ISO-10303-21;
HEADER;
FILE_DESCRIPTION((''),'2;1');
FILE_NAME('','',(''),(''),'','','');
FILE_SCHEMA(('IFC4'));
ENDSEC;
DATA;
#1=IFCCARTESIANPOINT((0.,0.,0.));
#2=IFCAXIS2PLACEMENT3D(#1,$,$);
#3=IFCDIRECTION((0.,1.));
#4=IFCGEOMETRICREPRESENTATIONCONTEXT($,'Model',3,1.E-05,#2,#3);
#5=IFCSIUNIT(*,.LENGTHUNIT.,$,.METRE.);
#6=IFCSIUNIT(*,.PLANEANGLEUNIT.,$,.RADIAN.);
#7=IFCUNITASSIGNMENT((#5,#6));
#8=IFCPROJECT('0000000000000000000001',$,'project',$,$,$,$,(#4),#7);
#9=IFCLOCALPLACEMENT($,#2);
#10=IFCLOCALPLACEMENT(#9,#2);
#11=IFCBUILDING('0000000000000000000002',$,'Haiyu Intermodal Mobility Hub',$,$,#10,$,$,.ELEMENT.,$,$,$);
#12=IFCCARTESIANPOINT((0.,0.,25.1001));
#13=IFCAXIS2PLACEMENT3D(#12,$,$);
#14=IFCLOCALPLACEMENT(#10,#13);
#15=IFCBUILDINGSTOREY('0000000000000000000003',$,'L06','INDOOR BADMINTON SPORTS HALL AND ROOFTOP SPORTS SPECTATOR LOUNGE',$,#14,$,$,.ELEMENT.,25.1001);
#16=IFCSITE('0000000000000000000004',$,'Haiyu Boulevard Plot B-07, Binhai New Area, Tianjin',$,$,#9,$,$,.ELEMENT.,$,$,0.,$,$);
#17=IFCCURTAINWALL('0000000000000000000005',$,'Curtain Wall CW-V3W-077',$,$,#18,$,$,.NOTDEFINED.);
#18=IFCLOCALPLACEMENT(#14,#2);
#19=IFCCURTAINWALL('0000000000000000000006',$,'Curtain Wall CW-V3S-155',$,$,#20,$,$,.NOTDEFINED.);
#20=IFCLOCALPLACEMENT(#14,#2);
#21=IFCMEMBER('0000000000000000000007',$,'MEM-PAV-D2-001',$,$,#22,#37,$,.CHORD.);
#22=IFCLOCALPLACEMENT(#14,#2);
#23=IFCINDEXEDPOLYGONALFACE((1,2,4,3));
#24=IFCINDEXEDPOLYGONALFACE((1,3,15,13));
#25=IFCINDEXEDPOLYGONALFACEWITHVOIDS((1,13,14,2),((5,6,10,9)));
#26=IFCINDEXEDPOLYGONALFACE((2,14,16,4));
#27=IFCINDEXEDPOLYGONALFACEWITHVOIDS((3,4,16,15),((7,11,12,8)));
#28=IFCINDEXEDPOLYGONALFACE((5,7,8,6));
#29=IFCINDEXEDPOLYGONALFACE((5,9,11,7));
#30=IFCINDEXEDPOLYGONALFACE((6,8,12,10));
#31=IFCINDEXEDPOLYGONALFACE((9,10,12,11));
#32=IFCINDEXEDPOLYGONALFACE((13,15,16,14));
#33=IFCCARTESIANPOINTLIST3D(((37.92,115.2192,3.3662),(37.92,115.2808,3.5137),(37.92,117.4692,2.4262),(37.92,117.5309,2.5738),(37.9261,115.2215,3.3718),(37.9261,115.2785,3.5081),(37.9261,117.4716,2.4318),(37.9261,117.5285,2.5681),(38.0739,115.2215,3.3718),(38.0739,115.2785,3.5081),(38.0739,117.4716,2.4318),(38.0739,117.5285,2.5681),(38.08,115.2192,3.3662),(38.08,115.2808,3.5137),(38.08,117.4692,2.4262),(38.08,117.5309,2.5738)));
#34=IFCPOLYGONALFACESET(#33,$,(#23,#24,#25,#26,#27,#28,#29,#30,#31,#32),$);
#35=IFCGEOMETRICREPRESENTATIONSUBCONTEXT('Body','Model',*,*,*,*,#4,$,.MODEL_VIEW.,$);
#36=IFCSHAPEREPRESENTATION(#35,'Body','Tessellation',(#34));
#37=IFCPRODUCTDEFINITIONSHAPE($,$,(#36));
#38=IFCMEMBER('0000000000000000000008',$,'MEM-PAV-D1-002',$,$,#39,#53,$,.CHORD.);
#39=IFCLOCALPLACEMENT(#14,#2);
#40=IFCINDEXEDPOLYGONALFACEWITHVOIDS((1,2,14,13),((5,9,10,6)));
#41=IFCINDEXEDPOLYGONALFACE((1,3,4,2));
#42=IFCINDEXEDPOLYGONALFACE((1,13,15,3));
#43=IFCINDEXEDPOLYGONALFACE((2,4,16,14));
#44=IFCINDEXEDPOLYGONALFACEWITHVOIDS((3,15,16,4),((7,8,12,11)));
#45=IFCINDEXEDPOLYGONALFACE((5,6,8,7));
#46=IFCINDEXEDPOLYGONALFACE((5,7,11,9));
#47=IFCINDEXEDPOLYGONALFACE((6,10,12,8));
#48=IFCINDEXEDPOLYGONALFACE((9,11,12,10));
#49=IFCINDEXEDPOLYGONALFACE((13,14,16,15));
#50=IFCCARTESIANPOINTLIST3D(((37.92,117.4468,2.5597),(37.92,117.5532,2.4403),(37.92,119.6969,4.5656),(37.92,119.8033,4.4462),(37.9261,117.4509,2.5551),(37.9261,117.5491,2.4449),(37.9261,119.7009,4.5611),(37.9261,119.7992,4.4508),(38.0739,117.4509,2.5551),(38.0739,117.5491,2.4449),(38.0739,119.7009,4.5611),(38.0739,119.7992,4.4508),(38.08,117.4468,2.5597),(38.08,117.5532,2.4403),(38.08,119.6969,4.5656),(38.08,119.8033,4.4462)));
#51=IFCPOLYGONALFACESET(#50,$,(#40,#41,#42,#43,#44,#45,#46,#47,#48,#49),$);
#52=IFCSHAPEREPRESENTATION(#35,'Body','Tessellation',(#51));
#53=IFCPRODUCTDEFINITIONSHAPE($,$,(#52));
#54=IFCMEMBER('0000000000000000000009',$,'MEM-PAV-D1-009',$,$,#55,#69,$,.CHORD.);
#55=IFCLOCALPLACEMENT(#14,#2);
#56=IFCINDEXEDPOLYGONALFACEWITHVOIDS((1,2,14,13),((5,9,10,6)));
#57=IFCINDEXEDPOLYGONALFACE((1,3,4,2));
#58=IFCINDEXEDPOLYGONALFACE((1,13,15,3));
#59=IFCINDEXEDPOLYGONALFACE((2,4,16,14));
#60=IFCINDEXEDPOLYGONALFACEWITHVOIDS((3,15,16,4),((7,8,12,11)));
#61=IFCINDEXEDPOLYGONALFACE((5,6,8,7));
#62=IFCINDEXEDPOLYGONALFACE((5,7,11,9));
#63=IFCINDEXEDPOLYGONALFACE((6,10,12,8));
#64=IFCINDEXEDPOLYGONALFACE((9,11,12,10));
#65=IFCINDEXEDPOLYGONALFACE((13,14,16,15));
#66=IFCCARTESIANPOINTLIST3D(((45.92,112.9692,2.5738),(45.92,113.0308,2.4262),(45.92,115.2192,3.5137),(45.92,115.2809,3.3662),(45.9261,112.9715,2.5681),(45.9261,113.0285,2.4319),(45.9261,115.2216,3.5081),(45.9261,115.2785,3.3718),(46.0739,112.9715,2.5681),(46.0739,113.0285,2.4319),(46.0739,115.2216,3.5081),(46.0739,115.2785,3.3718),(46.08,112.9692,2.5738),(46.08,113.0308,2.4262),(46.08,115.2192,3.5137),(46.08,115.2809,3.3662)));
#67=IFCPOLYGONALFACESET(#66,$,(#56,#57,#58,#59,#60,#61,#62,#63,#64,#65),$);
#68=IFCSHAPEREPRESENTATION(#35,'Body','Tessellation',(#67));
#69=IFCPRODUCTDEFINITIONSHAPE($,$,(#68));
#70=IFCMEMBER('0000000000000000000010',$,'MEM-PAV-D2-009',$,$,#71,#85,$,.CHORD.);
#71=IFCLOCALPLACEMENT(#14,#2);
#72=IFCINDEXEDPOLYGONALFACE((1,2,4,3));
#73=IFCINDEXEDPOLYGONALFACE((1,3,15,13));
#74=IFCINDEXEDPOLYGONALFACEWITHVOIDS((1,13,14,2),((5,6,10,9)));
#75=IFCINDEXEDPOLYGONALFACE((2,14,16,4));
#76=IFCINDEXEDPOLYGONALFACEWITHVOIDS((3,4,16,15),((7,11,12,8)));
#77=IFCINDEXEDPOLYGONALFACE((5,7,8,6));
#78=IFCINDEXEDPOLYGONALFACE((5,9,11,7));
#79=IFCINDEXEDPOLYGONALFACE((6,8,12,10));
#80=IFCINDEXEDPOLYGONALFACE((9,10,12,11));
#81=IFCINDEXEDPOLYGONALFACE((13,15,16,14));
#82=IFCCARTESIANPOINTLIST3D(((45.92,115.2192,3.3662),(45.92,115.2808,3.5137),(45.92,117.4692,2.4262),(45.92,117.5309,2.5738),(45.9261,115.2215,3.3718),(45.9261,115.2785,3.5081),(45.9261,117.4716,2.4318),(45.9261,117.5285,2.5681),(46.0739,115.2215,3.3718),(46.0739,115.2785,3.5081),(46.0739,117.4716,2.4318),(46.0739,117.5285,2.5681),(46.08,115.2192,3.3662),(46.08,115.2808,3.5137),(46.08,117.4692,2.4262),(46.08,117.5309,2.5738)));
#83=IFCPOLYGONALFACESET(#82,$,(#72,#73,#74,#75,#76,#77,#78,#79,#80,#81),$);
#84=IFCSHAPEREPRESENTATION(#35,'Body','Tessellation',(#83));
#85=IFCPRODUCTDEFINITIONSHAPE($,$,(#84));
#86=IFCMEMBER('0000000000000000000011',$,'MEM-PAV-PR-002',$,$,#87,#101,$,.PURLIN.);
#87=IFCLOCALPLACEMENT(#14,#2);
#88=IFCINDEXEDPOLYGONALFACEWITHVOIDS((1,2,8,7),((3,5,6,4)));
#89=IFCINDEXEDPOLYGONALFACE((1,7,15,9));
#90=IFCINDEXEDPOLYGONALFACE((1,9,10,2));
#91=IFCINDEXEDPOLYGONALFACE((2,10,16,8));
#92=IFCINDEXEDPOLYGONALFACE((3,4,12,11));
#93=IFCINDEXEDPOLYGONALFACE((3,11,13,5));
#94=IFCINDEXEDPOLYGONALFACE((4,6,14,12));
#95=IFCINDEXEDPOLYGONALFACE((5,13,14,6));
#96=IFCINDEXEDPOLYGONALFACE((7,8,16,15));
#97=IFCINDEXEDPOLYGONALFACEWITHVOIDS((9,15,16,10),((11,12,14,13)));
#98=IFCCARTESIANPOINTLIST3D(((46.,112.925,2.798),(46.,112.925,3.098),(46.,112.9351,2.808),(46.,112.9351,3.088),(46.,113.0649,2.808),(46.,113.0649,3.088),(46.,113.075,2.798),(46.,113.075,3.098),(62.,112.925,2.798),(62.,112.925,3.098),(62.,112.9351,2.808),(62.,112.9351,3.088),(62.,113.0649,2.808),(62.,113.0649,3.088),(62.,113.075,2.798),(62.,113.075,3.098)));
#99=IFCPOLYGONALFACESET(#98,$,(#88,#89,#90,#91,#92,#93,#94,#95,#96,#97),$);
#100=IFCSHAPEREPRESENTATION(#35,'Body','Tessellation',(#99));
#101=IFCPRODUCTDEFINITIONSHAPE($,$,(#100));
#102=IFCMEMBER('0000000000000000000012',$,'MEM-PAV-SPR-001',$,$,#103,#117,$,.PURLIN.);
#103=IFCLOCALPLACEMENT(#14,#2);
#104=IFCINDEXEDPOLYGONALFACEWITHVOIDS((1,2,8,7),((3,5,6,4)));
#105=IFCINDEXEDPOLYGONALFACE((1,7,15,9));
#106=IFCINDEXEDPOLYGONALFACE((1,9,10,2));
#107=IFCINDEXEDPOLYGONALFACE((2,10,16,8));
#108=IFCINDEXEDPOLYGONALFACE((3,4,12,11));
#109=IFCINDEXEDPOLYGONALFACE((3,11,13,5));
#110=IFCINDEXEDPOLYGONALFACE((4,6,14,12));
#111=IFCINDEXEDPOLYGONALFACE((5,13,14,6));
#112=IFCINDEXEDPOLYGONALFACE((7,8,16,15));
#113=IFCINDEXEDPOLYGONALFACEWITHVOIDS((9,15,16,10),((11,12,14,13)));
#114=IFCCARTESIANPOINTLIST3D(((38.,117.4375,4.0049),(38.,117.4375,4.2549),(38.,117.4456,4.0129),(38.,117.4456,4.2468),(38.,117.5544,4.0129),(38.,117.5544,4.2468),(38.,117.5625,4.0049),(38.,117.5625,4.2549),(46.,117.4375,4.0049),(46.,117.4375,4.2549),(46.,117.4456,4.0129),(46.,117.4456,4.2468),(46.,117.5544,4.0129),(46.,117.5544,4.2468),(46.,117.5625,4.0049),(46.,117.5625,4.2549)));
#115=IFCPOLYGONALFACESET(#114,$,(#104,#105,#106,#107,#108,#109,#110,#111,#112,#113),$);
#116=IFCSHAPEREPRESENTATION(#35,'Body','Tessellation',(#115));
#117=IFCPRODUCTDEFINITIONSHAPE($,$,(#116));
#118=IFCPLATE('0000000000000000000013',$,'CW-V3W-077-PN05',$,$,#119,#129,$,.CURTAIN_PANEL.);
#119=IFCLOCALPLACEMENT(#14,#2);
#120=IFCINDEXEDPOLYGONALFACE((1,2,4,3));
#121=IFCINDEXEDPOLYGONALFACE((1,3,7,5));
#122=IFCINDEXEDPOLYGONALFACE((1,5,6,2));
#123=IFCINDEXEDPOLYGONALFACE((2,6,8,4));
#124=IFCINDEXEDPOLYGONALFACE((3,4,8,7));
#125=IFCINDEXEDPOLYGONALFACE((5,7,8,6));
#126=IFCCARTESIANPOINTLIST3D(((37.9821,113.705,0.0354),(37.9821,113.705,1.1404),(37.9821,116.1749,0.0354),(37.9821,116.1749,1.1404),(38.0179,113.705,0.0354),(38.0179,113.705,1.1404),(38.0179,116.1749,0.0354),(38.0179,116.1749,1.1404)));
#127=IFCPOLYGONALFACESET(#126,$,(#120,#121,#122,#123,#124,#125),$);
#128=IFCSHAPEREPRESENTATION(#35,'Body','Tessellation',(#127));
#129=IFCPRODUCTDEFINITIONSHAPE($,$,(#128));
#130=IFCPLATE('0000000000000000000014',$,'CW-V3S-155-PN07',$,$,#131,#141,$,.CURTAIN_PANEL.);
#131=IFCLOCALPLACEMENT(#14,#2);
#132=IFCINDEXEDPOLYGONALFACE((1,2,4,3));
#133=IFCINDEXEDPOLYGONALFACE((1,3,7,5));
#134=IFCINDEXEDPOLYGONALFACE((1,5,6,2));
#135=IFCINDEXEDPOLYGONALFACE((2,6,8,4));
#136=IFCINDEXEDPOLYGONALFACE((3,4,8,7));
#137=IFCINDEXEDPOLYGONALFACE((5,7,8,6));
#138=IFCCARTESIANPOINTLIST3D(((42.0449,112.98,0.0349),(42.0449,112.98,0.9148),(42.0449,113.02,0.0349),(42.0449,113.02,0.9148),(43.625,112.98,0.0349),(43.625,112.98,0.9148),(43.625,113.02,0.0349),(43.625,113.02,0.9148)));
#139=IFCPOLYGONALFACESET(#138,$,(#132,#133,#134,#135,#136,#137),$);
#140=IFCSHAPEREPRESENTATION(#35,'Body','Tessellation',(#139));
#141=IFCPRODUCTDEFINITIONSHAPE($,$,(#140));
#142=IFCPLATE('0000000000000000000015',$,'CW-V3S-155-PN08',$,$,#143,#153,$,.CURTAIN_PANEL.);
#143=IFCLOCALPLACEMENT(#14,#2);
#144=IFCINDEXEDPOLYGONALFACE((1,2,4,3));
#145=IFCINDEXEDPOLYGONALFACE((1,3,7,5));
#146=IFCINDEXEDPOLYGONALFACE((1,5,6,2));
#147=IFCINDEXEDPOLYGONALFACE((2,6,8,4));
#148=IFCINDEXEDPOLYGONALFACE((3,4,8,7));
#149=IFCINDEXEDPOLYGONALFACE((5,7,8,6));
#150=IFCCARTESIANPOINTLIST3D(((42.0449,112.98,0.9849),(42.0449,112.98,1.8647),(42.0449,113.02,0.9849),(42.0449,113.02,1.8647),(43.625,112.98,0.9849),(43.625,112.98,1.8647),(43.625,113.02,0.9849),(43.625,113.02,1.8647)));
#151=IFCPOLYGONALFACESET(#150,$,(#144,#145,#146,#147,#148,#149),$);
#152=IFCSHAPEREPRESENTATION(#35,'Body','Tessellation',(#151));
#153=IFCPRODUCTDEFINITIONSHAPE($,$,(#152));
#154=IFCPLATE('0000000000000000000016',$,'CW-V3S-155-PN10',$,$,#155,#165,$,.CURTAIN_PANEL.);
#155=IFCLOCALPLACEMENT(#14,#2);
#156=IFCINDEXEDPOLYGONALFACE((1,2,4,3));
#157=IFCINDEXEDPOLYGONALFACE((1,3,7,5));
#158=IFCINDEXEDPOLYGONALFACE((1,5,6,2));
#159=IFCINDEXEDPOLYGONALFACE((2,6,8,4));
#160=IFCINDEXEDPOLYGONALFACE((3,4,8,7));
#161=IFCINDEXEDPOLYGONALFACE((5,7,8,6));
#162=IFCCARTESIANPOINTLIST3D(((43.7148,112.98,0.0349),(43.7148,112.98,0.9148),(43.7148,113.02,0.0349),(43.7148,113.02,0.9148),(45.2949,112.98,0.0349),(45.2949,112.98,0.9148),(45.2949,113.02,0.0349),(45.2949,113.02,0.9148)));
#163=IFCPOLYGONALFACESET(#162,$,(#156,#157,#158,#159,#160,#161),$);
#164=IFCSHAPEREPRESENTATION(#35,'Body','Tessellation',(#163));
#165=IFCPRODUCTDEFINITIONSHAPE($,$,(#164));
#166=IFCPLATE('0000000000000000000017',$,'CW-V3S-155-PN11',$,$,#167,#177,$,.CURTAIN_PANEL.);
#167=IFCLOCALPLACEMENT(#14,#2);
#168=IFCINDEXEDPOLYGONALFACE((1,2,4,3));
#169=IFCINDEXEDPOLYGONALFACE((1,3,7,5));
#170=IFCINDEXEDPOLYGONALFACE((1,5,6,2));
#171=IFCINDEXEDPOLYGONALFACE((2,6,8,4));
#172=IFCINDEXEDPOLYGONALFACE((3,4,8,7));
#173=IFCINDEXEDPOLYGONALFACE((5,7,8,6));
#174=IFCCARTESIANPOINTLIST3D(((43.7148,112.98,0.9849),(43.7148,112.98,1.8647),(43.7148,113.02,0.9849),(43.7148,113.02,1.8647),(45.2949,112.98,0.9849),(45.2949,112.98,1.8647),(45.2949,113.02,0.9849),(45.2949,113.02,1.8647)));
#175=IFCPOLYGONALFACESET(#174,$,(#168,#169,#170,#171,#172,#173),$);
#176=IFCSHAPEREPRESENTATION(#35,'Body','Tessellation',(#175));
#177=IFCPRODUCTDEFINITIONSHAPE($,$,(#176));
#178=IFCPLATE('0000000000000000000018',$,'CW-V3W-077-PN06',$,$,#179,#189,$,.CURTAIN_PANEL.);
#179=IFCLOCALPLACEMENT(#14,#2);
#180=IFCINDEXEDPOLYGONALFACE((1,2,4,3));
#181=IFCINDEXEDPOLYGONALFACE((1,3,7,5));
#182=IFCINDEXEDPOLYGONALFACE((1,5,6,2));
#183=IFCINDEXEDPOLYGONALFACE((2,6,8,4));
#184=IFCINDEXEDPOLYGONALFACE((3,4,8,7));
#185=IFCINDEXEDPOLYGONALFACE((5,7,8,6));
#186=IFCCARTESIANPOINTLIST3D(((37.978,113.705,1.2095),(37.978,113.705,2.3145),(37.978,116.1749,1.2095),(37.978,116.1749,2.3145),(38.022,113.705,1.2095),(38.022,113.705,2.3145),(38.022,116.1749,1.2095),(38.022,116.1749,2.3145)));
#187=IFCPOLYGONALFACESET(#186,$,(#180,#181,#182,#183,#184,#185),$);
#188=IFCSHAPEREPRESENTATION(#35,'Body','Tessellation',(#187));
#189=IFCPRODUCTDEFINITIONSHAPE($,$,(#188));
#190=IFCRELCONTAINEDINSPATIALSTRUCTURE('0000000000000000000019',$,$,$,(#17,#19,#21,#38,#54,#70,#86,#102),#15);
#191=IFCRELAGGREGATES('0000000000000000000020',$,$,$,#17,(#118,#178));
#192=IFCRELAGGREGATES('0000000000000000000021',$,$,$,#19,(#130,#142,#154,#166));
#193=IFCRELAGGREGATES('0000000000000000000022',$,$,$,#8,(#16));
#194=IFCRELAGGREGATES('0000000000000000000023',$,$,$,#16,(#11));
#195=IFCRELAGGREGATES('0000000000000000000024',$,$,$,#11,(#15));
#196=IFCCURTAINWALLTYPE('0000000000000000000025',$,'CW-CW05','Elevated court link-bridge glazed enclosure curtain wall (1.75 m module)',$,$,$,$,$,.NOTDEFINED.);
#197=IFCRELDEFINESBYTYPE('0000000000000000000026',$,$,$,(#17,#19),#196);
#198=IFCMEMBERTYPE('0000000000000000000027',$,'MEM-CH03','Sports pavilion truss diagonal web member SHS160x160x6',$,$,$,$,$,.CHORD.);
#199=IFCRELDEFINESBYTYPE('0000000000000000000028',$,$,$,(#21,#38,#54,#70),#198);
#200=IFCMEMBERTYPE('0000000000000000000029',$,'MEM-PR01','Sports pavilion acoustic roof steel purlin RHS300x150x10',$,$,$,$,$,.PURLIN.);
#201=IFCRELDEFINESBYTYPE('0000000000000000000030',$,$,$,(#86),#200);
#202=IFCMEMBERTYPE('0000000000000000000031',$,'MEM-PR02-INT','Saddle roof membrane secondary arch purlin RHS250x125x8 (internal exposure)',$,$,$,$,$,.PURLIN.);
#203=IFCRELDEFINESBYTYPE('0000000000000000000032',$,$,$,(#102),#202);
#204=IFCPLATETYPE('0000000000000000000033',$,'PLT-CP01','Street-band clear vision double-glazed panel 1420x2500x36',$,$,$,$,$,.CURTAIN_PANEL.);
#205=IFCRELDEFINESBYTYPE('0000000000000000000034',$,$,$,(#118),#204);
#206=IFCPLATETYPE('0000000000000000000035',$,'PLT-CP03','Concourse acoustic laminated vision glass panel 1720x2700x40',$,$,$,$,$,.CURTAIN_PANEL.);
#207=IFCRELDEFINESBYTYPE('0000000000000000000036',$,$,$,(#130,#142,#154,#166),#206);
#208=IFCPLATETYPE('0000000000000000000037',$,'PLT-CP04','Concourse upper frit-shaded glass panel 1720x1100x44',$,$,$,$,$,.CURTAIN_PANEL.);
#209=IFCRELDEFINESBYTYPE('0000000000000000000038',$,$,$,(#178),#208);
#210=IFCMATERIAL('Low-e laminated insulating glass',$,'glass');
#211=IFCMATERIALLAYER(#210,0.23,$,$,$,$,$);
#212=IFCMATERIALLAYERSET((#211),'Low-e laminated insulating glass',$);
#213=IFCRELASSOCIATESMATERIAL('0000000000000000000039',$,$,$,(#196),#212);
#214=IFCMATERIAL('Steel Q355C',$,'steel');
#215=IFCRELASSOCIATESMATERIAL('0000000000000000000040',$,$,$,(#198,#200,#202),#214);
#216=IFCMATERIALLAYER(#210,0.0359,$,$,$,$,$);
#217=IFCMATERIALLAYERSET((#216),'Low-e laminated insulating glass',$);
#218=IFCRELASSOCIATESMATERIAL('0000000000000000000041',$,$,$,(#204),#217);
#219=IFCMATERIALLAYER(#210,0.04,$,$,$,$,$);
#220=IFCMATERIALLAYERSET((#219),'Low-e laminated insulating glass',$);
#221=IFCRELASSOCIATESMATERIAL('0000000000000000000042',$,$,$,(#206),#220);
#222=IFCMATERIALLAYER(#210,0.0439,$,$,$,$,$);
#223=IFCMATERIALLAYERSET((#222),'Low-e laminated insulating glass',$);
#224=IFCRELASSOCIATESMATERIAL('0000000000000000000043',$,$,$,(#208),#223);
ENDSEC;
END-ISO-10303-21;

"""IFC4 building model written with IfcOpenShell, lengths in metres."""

from ifc_helpers import new_model, si_unit, direction, frame, origin, origin_2d, place, context, subcontext, project, spatial, rectangle, hollow_rectangle, extrude, material, layer, layer_set, material_profile, profile_set, type_object, element, aggregate, save


model = new_model("IFC4")

# Units and contexts
model_context = context("Model", 3, precision=1e-05, world=origin(), true_north=direction((0.0, 1.0)))
body_context = subcontext(model_context, "Body", "Model", "MODEL_VIEW")
ifc_project = project(units=[si_unit("LENGTHUNIT", "METRE"), si_unit("PLANEANGLEUNIT", "RADIAN")], contexts=[model_context])

# Site, building, storey
site_placement = place(None, origin())
site = spatial("IfcSite", under=ifc_project, at=site_placement, Name="Haiyu Boulevard Plot B-07, Binhai New Area, Tianjin", CompositionType="ELEMENT", RefElevation=0.0)
building_placement = place(site_placement, origin())
building = spatial("IfcBuilding", under=site, at=building_placement, Name="Haiyu Intermodal Mobility Hub", CompositionType="ELEMENT")
storey_placement = place(building_placement, frame((0.0, 0.0, 25.1001)))
storey = spatial("IfcBuildingStorey", under=building, at=storey_placement, Name="L06", Description="INDOOR BADMINTON SPORTS HALL AND ROOFTOP SPORTS SPECTATOR LOUNGE", CompositionType="ELEMENT", Elevation=25.1001)

# Shared definitions
ifc_material_1 = material(Name="Steel Q355C", Category="steel")

# Curtain walls
ifc_material_2 = material(Name="Low-e laminated insulating glass", Category="glass")
ifc_layer_1 = layer(ifc_material_2, 0.23)
ifc_layer_set_1 = layer_set([ifc_layer_1], Name="Low-e laminated insulating glass")
curtain_wall_type = type_object("IfcCurtainWallType", Name="CW-CW05", Description="Elevated court link-bridge glazed enclosure curtain wall (1.75 m module)", PredefinedType="NOTDEFINED", material=ifc_layer_set_1)
curtain_wall_1_placement = place(storey_placement, origin())
curtain_wall_1 = element("IfcCurtainWall", 1, at=curtain_wall_1_placement, inside=storey, type_object=curtain_wall_type, Name="Curtain Wall CW-V3W-077", PredefinedType="NOTDEFINED")
curtain_wall_2_placement = place(storey_placement, origin())
curtain_wall_2 = element("IfcCurtainWall", 2, at=curtain_wall_2_placement, inside=storey, type_object=curtain_wall_type, Name="Curtain Wall CW-V3S-155", PredefinedType="NOTDEFINED")

# Members
ifc_material_profile_1 = material_profile(ifc_material_1, hollow_rectangle(XDim=0.1599, YDim=0.1599, WallThickness=0.0061, at=origin_2d()), Name="SHS160x160x6")
ifc_profile_set_1 = profile_set([ifc_material_profile_1], Name="Steel Q355C")
member_type_1 = type_object("IfcMemberType", Name="MEM-CH03", Description="Sports pavilion truss diagonal web member SHS160x160x6", PredefinedType="CHORD", material=ifc_profile_set_1)
member_1_placement = place(storey_placement, frame((38.0, 115.25, 3.4399), z_axis=(0.0, 0.922721, -0.385468), x_axis=(-1.0, 0.0, 0.0)))
element("IfcMember", 3, at=member_1_placement, inside=storey, type_object=member_type_1, Name="MEM-PAV-D2-001", PredefinedType="CHORD", context=body_context, shape_type="SweptSolid", body=[
    extrude(hollow_rectangle(XDim=0.1599, YDim=0.1599, WallThickness=0.0061, at=origin_2d()), origin(), (0.0, 0.0, 1.0), 2.4385),
])
member_2_placement = place(storey_placement, frame((38.0, 117.5, 2.5), z_axis=(0.0, 0.746443, 0.665449), x_axis=(-1.0, 0.0, 0.0)))
element("IfcMember", 4, at=member_2_placement, inside=storey, type_object=member_type_1, Name="MEM-PAV-D1-002", PredefinedType="CHORD", context=body_context, shape_type="SweptSolid", body=[
    extrude(hollow_rectangle(XDim=0.1599, YDim=0.1599, WallThickness=0.0061, at=origin_2d()), origin(), (0.0, 0.0, 1.0), 3.0144),
])
for number, where, z_axis, x_axis, name in (
    (5, (46.0, 113.0, 2.5), (0.0, 0.922721, 0.385468), (-1.0, 0.0, 0.0), "MEM-PAV-D1-009"),
    (6, (46.0, 115.25, 3.4399), (0.0, 0.922721, -0.385468), (-1.0, 0.0, 0.0), "MEM-PAV-D2-009"),
):
    element("IfcMember", number, at=place(storey_placement, frame(where, z_axis=z_axis, x_axis=x_axis)), inside=storey, type_object=member_type_1, Name=name, PredefinedType="CHORD", context=body_context, shape_type="SweptSolid", body=[
        extrude(hollow_rectangle(XDim=0.1599, YDim=0.1599, WallThickness=0.0061, at=origin_2d()), origin(), (0.0, 0.0, 1.0), 2.4385),
    ])
ifc_material_profile_2 = material_profile(ifc_material_1, hollow_rectangle(XDim=0.1499, YDim=0.3, WallThickness=0.01, at=origin_2d()), Name="RHS300x150x10")
ifc_profile_set_2 = profile_set([ifc_material_profile_2], Name="Steel Q355C")
member_type_2 = type_object("IfcMemberType", Name="MEM-PR01", Description="Sports pavilion acoustic roof steel purlin RHS300x150x10", PredefinedType="PURLIN", material=ifc_profile_set_2)
member_3_placement = place(storey_placement, frame((46.0, 113.0, 2.948), z_axis=(1.0, 0.0, 0.0), x_axis=(0.0, 1.0, 0.0)))
element("IfcMember", 7, at=member_3_placement, inside=storey, type_object=member_type_2, Name="MEM-PAV-PR-002", PredefinedType="PURLIN", context=body_context, shape_type="SweptSolid", body=[
    extrude(hollow_rectangle(XDim=0.1499, YDim=0.3, WallThickness=0.01, at=origin_2d()), origin(), (0.0, 0.0, 1.0), 16.0),
])
ifc_material_profile_3 = material_profile(ifc_material_1, hollow_rectangle(XDim=0.125, YDim=0.25, WallThickness=0.0081, at=origin_2d()), Name="RHS250x125x8")
ifc_profile_set_3 = profile_set([ifc_material_profile_3], Name="Steel Q355C")
member_type_3 = type_object("IfcMemberType", Name="MEM-PR02-INT", Description="Saddle roof membrane secondary arch purlin RHS250x125x8 (internal exposure)", PredefinedType="PURLIN", material=ifc_profile_set_3)
member_4_placement = place(storey_placement, frame((38.0, 117.5, 4.1299), z_axis=(1.0, 0.0, 0.0), x_axis=(0.0, 1.0, 0.0)))
element("IfcMember", 8, at=member_4_placement, inside=storey, type_object=member_type_3, Name="MEM-PAV-SPR-001", PredefinedType="PURLIN", context=body_context, shape_type="SweptSolid", body=[
    extrude(hollow_rectangle(XDim=0.125, YDim=0.25, WallThickness=0.0081, at=origin_2d()), origin(), (0.0, 0.0, 1.0), 8.0),
])

# Plates
ifc_layer_2 = layer(ifc_material_2, 0.0359)
ifc_layer_set_2 = layer_set([ifc_layer_2], Name="Low-e laminated insulating glass")
plate_type_1 = type_object("IfcPlateType", Name="PLT-CP01", Description="Street-band clear vision double-glazed panel 1420x2500x36", PredefinedType="CURTAIN_PANEL", material=ifc_layer_set_2)
plate_1_placement = place(storey_placement, frame((38.0, 114.9399, 0.0354), z_axis=(0.0, 0.0, 1.0), x_axis=(0.0, -1.0, 0.0)))
plate_1 = element("IfcPlate", 9, at=plate_1_placement, type_object=plate_type_1, Name="CW-V3W-077-PN05", PredefinedType="CURTAIN_PANEL", context=body_context, shape_type="SweptSolid", body=[
    extrude(rectangle(XDim=2.47, YDim=0.0359, at=origin_2d()), origin(), (0.0, 0.0, 1.0), 1.105),
])
ifc_layer_3 = layer(ifc_material_2, 0.04)
ifc_layer_set_3 = layer_set([ifc_layer_3], Name="Low-e laminated insulating glass")
plate_type_2 = type_object("IfcPlateType", Name="PLT-CP03", Description="Concourse acoustic laminated vision glass panel 1720x2700x40", PredefinedType="CURTAIN_PANEL", material=ifc_layer_set_3)
plate_2_placement = place(storey_placement, frame((42.835, 113.0, 0.0349), z_axis=(0.0, 0.0, 1.0), x_axis=(1.0, 0.0, 0.0)))
plate_2 = element("IfcPlate", 10, at=plate_2_placement, type_object=plate_type_2, Name="CW-V3S-155-PN07", PredefinedType="CURTAIN_PANEL", context=body_context, shape_type="SweptSolid", body=[
    extrude(rectangle(XDim=1.5801, YDim=0.04, at=origin_2d()), origin(), (0.0, 0.0, 1.0), 0.8799),
])
plate_3_placement = place(storey_placement, frame((42.835, 113.0, 0.9849), z_axis=(0.0, 0.0, 1.0), x_axis=(1.0, 0.0, 0.0)))
plate_3 = element("IfcPlate", 11, at=plate_3_placement, type_object=plate_type_2, Name="CW-V3S-155-PN08", PredefinedType="CURTAIN_PANEL", context=body_context, shape_type="SweptSolid", body=[
    extrude(rectangle(XDim=1.5801, YDim=0.04, at=origin_2d()), origin(), (0.0, 0.0, 1.0), 0.8799),
])
plate_4_placement = place(storey_placement, frame((44.5049, 113.0, 0.0349), z_axis=(0.0, 0.0, 1.0), x_axis=(1.0, 0.0, 0.0)))
plate_4 = element("IfcPlate", 12, at=plate_4_placement, type_object=plate_type_2, Name="CW-V3S-155-PN10", PredefinedType="CURTAIN_PANEL", context=body_context, shape_type="SweptSolid", body=[
    extrude(rectangle(XDim=1.5801, YDim=0.04, at=origin_2d()), origin(), (0.0, 0.0, 1.0), 0.8799),
])
plate_5_placement = place(storey_placement, frame((44.5049, 113.0, 0.9849), z_axis=(0.0, 0.0, 1.0), x_axis=(1.0, 0.0, 0.0)))
plate_5 = element("IfcPlate", 13, at=plate_5_placement, type_object=plate_type_2, Name="CW-V3S-155-PN11", PredefinedType="CURTAIN_PANEL", context=body_context, shape_type="SweptSolid", body=[
    extrude(rectangle(XDim=1.5801, YDim=0.04, at=origin_2d()), origin(), (0.0, 0.0, 1.0), 0.8799),
])
ifc_layer_4 = layer(ifc_material_2, 0.0439)
ifc_layer_set_4 = layer_set([ifc_layer_4], Name="Low-e laminated insulating glass")
plate_type_3 = type_object("IfcPlateType", Name="PLT-CP04", Description="Concourse upper frit-shaded glass panel 1720x1100x44", PredefinedType="CURTAIN_PANEL", material=ifc_layer_set_4)
plate_6_placement = place(storey_placement, frame((38.0, 114.9399, 1.2095), z_axis=(0.0, 0.0, 1.0), x_axis=(0.0, -1.0, 0.0)))
plate_6 = element("IfcPlate", 14, at=plate_6_placement, type_object=plate_type_3, Name="CW-V3W-077-PN06", PredefinedType="CURTAIN_PANEL", context=body_context, shape_type="SweptSolid", body=[
    extrude(rectangle(XDim=2.47, YDim=0.0439, at=origin_2d()), origin(), (0.0, 0.0, 1.0), 1.105),
])
aggregate(curtain_wall_1, [plate_1, plate_6])
aggregate(curtain_wall_2, [plate_2, plate_3, plate_4, plate_5])

save(model, "model.ifc")
